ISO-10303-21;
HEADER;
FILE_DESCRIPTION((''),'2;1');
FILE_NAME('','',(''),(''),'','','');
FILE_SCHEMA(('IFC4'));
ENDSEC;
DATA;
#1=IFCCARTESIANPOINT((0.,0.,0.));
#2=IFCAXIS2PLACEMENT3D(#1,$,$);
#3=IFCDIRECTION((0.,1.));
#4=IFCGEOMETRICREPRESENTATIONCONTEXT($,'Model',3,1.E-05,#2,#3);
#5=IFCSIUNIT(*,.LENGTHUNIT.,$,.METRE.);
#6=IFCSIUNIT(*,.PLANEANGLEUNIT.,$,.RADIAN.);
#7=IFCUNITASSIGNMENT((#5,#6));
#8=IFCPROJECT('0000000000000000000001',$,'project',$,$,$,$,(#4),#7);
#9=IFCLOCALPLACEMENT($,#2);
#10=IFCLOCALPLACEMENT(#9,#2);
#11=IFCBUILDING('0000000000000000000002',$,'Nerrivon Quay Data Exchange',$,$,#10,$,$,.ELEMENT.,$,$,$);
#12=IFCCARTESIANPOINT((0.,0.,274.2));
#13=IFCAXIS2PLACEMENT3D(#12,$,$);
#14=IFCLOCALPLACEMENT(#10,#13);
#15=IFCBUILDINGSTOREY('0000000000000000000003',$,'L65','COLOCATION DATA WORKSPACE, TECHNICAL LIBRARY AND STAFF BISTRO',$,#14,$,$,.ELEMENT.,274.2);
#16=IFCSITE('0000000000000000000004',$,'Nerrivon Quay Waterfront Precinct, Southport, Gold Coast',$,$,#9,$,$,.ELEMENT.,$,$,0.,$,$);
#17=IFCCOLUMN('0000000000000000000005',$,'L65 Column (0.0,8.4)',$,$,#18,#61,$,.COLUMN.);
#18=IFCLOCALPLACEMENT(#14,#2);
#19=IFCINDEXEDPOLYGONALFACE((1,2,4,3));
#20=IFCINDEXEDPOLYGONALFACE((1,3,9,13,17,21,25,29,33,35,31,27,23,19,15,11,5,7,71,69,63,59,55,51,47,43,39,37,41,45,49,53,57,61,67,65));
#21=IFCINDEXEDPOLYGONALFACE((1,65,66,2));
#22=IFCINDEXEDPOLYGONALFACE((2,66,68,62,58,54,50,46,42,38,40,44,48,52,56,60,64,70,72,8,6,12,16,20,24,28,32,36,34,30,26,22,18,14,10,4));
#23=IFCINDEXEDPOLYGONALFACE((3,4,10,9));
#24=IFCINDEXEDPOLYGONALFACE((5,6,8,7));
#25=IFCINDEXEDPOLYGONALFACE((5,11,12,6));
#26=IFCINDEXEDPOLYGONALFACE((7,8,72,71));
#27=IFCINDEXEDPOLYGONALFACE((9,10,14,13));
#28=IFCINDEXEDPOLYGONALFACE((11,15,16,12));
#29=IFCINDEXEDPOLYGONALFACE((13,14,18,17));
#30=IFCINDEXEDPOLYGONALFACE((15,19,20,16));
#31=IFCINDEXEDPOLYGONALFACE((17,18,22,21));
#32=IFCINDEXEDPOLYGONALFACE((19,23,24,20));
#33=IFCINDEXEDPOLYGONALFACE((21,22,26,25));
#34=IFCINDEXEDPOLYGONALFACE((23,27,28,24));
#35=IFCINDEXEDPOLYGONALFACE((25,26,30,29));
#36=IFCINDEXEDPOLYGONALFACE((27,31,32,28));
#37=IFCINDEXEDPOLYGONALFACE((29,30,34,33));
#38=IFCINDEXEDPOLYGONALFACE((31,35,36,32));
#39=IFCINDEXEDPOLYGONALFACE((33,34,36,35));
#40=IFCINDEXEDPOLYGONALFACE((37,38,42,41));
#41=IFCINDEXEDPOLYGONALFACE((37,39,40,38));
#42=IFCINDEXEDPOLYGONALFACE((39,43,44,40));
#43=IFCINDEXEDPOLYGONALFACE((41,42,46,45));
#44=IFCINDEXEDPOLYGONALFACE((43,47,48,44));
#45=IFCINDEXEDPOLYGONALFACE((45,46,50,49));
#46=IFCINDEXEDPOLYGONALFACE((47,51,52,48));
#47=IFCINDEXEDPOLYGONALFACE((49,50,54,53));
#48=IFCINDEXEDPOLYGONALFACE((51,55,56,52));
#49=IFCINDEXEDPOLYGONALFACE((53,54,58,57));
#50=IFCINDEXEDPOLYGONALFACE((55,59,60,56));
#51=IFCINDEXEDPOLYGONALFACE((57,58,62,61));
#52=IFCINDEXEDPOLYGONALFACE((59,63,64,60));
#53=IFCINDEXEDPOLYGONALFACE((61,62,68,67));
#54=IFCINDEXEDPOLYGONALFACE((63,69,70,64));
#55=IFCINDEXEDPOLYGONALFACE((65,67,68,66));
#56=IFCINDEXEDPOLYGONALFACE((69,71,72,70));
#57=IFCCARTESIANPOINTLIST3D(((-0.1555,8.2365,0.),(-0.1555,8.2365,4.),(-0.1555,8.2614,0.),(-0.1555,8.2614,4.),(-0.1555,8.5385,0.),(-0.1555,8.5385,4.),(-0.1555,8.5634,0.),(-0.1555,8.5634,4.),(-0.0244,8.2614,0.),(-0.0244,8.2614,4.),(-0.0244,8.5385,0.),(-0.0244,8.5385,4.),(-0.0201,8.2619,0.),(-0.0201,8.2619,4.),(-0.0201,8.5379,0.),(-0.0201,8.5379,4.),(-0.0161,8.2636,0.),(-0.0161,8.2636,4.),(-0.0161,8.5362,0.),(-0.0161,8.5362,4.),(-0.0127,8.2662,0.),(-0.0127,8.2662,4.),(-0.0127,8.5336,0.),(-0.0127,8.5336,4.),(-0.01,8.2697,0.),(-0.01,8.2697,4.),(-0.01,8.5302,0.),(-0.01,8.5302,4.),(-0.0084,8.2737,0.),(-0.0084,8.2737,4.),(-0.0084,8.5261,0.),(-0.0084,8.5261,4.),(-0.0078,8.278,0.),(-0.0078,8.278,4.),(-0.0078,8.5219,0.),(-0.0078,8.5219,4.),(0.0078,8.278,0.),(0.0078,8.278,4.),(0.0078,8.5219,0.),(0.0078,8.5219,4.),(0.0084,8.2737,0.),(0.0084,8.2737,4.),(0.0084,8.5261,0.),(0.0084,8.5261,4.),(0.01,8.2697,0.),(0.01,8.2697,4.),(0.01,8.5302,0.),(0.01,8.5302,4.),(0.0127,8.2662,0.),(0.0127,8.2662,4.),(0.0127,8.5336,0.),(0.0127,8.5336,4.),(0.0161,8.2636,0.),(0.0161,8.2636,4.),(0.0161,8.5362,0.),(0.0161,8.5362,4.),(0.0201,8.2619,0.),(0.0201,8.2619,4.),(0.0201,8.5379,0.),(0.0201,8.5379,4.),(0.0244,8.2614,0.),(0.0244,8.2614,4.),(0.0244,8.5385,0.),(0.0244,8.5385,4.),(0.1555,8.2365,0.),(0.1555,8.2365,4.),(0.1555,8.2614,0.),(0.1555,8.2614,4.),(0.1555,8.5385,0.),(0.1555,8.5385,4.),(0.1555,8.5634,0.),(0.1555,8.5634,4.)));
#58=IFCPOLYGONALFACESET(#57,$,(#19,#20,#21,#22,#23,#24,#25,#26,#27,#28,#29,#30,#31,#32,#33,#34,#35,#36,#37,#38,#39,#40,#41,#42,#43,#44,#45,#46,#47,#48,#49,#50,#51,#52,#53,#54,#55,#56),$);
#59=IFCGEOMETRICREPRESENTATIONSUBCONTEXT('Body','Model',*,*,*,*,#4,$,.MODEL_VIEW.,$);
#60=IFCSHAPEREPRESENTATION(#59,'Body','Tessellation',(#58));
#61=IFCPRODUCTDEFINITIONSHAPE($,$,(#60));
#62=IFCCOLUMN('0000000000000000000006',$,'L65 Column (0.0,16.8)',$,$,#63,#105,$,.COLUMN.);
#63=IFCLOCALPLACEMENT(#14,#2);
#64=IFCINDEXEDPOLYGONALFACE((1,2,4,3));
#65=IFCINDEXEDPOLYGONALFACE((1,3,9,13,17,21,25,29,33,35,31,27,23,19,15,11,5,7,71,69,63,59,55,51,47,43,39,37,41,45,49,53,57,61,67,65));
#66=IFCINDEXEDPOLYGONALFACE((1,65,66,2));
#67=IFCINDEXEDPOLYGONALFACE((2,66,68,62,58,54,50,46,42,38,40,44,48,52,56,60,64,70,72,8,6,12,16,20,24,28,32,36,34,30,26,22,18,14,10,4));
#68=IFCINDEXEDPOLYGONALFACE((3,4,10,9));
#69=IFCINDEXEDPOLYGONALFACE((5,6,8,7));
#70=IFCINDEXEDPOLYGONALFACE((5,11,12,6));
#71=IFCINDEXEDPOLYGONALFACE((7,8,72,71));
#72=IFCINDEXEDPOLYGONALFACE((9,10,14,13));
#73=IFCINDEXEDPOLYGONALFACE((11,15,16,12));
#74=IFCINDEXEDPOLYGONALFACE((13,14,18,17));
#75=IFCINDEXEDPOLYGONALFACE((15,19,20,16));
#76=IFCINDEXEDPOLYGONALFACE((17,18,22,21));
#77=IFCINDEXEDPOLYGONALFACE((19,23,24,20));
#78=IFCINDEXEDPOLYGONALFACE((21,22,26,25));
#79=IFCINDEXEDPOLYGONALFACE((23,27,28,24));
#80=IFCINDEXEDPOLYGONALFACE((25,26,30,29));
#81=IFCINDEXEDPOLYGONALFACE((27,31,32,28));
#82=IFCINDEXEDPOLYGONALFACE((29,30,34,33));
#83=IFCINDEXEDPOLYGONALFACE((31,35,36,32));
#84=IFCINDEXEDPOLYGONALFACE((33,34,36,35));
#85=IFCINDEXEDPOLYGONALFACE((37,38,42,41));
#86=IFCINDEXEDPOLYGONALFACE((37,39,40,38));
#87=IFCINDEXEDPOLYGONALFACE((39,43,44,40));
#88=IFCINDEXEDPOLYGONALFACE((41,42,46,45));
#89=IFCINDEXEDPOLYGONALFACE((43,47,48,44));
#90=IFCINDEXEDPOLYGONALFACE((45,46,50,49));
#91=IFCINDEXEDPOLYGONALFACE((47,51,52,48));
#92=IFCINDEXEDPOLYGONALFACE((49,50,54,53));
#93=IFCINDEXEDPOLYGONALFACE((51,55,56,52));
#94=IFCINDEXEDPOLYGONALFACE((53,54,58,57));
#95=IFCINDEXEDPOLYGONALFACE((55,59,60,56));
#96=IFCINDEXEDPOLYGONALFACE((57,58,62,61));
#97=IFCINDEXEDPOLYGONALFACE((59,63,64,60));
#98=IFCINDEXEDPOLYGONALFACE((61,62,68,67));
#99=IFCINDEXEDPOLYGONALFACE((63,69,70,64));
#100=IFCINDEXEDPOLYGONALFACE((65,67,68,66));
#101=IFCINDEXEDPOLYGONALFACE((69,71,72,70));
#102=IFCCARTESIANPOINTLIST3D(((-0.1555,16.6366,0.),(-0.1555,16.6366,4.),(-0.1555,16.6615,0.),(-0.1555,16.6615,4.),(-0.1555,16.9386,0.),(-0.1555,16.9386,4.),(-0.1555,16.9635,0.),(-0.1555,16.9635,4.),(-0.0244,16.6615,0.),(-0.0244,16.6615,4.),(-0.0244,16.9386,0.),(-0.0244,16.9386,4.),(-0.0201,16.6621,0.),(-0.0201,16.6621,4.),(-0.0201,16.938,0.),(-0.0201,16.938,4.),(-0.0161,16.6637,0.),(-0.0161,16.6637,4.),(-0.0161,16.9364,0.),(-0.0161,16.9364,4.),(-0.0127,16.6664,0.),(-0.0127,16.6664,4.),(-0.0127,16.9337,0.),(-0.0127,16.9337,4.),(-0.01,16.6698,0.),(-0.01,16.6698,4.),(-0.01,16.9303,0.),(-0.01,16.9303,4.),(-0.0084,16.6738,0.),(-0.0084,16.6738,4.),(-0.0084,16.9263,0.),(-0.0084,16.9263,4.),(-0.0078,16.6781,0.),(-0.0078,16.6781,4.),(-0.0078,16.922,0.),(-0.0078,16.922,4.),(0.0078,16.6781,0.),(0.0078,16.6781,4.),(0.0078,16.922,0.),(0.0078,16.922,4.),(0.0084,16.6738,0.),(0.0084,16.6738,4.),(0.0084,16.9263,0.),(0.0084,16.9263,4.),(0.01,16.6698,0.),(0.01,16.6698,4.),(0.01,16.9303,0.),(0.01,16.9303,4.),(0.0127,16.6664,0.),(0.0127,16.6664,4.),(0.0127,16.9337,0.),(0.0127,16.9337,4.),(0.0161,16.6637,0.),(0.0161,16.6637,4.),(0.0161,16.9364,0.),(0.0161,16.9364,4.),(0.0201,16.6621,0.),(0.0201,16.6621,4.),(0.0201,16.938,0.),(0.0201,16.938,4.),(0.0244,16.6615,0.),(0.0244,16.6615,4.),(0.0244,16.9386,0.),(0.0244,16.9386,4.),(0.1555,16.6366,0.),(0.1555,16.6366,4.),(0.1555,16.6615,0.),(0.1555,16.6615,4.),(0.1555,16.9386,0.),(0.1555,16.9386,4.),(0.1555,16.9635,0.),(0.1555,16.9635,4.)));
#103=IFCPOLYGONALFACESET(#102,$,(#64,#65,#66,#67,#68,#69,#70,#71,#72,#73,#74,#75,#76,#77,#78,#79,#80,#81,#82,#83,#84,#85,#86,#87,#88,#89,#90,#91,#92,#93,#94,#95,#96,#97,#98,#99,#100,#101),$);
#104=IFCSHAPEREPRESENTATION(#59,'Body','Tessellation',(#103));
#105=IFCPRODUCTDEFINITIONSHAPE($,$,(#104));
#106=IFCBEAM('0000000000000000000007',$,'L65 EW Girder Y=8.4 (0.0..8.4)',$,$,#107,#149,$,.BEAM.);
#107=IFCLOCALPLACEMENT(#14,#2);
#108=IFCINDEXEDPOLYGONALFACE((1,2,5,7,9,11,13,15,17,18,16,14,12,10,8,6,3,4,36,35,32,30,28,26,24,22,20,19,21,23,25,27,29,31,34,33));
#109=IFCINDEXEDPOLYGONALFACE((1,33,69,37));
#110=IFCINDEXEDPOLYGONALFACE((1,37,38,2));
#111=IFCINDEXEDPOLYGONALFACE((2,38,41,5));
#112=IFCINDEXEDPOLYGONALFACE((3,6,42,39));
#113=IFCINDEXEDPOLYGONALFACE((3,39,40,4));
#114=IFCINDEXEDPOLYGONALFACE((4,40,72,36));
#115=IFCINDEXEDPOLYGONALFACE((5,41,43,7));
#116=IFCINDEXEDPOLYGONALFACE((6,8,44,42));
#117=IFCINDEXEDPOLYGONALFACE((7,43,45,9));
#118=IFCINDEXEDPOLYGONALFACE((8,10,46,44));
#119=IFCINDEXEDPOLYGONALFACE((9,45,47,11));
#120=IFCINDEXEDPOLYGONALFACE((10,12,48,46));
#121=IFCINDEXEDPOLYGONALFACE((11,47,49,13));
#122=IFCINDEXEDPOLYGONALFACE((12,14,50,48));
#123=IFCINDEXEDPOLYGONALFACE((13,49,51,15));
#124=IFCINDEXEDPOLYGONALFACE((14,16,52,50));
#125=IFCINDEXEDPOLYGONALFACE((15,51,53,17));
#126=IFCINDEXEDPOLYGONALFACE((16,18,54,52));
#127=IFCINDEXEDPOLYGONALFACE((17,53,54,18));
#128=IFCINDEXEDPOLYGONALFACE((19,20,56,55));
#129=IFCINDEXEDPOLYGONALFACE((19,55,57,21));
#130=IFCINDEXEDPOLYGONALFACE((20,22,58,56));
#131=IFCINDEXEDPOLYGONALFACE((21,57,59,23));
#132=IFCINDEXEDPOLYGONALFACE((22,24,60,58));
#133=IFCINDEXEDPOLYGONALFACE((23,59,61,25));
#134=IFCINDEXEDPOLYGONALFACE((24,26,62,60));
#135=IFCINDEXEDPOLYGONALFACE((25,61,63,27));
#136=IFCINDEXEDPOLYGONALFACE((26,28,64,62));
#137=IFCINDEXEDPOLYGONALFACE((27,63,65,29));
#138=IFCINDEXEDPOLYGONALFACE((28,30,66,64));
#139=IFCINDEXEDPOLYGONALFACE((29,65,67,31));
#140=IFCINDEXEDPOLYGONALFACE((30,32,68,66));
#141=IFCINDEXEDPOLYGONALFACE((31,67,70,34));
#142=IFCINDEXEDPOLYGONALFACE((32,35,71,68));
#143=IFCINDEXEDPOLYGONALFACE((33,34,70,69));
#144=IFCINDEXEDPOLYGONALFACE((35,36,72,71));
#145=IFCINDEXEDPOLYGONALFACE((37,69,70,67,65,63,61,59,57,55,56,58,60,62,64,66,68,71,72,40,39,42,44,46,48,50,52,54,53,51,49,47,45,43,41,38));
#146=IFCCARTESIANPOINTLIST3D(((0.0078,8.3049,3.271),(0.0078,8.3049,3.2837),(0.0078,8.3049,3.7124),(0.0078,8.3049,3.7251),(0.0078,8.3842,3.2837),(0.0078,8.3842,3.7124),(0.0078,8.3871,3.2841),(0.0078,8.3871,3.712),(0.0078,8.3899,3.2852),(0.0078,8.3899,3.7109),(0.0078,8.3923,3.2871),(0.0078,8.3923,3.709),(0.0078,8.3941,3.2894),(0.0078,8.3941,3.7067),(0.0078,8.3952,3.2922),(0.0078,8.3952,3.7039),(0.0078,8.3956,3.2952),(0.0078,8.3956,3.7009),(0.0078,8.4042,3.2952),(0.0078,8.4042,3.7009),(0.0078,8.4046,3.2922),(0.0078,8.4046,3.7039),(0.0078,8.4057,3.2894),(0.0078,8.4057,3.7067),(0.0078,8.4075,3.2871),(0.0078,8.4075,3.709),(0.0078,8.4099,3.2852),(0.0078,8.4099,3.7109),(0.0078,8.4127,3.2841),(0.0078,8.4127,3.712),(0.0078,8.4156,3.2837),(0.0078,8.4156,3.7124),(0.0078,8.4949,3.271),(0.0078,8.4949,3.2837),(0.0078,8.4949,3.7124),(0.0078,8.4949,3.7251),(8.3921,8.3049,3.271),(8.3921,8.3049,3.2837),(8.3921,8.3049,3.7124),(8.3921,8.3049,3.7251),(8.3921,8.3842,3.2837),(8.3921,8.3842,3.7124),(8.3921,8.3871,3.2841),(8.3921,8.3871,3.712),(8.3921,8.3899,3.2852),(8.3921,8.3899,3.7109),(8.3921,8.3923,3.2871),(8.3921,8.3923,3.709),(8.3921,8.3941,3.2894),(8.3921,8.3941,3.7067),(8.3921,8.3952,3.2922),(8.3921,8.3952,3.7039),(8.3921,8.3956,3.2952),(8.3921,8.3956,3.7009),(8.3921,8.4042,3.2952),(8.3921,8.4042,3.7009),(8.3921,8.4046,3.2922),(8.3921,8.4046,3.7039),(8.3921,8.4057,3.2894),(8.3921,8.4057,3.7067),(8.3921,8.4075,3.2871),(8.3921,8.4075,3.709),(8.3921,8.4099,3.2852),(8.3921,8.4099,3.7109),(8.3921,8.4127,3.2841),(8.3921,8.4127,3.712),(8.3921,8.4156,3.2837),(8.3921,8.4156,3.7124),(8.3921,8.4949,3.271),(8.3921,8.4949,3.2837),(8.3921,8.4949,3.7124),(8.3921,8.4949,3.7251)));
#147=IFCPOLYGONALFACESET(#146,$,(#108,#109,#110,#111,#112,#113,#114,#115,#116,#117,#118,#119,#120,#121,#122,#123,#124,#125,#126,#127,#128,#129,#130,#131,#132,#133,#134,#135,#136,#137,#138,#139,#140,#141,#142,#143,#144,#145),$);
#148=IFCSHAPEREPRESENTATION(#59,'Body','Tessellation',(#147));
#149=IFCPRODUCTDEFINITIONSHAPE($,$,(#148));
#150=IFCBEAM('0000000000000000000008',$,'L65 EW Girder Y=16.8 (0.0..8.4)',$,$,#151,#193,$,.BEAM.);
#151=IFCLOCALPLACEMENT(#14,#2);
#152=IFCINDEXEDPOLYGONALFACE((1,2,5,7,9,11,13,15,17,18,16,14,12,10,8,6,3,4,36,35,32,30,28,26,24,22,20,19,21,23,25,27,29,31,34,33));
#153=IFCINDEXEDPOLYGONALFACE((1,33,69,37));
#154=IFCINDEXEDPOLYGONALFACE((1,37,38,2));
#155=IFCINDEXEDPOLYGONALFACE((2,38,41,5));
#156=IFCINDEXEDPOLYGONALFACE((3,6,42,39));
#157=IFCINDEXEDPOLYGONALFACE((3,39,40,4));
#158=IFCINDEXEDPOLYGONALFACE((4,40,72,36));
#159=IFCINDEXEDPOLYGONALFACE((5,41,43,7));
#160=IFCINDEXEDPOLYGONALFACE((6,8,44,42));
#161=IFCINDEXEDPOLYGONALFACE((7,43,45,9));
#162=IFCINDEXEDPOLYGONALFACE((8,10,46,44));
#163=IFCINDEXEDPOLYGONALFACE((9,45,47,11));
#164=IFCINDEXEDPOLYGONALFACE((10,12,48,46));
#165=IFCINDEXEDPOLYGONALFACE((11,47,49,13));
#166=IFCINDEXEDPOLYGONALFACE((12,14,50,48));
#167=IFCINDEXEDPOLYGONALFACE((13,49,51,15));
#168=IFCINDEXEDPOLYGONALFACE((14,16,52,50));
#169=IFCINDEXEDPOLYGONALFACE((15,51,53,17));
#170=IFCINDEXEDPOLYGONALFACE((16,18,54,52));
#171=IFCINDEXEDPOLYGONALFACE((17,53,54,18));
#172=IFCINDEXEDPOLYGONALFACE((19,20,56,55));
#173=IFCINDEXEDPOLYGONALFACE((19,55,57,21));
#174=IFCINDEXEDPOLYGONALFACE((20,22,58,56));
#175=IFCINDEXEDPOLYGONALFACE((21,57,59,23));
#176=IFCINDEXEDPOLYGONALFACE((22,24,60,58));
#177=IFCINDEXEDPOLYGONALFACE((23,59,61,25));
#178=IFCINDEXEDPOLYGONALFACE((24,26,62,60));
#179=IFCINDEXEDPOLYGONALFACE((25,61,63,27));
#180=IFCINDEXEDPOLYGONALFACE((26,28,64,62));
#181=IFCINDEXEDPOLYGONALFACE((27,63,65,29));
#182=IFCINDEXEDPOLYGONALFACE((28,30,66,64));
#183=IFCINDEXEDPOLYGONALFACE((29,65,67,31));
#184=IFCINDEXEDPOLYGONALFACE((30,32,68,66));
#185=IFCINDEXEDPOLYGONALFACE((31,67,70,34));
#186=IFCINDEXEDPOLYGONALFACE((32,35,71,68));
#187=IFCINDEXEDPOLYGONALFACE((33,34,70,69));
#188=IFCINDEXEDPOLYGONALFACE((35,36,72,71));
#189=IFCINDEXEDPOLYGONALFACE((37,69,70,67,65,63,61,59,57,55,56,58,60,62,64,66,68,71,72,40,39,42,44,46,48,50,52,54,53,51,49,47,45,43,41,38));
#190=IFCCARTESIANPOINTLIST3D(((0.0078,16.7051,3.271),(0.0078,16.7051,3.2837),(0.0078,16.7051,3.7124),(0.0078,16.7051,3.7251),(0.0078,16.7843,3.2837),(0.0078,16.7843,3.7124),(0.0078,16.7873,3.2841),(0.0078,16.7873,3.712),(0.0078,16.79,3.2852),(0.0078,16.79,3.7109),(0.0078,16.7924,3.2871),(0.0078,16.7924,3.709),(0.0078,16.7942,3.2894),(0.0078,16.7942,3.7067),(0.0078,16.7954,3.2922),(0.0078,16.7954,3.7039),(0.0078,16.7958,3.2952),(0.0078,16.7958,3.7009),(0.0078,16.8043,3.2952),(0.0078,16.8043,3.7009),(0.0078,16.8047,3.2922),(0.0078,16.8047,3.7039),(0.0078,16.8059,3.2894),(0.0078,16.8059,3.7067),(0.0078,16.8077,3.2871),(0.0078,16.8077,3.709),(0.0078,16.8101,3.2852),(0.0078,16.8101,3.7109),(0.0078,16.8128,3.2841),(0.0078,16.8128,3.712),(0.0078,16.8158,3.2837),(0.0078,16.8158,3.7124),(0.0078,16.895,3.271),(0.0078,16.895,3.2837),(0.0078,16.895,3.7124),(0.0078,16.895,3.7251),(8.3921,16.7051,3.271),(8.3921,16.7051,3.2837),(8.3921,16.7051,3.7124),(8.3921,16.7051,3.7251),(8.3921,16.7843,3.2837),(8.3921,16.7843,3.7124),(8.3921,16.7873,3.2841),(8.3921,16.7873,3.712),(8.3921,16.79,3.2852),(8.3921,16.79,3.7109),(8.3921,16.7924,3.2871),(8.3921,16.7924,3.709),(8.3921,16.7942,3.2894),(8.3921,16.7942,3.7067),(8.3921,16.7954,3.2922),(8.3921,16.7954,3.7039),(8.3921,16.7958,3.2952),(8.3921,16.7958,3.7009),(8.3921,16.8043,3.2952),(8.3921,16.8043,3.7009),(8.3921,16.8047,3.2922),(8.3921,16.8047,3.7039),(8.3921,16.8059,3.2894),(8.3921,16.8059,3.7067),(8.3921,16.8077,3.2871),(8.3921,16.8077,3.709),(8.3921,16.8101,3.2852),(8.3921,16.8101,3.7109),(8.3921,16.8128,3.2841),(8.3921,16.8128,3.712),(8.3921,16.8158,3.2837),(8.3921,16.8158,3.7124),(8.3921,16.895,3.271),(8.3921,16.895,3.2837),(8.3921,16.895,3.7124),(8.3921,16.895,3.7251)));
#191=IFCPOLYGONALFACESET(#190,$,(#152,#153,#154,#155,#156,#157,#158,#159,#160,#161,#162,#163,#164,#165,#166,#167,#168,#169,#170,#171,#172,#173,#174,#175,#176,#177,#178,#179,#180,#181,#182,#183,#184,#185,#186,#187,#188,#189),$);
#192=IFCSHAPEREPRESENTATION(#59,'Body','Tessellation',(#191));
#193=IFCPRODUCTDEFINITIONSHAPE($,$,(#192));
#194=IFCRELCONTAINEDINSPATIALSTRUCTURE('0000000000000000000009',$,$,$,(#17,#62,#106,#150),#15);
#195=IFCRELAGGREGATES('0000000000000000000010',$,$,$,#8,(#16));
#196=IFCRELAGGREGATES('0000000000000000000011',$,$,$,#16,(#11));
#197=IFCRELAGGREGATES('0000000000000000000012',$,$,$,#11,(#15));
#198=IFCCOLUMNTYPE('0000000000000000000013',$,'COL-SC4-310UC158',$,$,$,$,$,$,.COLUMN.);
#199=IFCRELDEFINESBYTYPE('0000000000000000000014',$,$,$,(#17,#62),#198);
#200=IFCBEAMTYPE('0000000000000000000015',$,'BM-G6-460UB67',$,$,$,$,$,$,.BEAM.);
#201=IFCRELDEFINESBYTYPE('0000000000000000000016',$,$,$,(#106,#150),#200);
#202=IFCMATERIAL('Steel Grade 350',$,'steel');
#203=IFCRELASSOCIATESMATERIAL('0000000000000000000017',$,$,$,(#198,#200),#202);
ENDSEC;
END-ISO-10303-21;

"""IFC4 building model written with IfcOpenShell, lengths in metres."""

from ifc_helpers import new_model, si_unit, direction, frame, origin, origin_2d, place, context, subcontext, project, spatial, i_section, extrude, material, material_profile, profile_set, type_object, element, save


model = new_model("IFC4")

# Units and contexts
model_context = context("Model", 3, precision=1e-05, world=origin(), true_north=direction((0.0, 1.0)))
body_context = subcontext(model_context, "Body", "Model", "MODEL_VIEW")
ifc_project = project(units=[si_unit("LENGTHUNIT", "METRE"), si_unit("PLANEANGLEUNIT", "RADIAN")], contexts=[model_context])

# Site, building, storey
site_placement = place(None, origin())
site = spatial("IfcSite", under=ifc_project, at=site_placement, Name="Nerrivon Quay Waterfront Precinct, Southport, Gold Coast", CompositionType="ELEMENT", RefElevation=0.0)
building_placement = place(site_placement, origin())
building = spatial("IfcBuilding", under=site, at=building_placement, Name="Nerrivon Quay Data Exchange", CompositionType="ELEMENT")
storey_placement = place(building_placement, frame((0.0, 0.0, 274.2)))
storey = spatial("IfcBuildingStorey", under=building, at=storey_placement, Name="L65", Description="COLOCATION DATA WORKSPACE, TECHNICAL LIBRARY AND STAFF BISTRO", CompositionType="ELEMENT", Elevation=274.2)

# Columns
ifc_material_1 = material(Name="Steel Grade 350", Category="steel")
ifc_material_profile_1 = material_profile(ifc_material_1, i_section(OverallWidth=0.311, OverallDepth=0.3269, WebThickness=0.0156, FlangeThickness=0.0249, FilletRadius=0.0166, at=origin_2d()), Name="310UC158")
ifc_profile_set_1 = profile_set([ifc_material_profile_1], Name="Steel Grade 350")
column_type = type_object("IfcColumnType", Name="COL-SC4-310UC158", PredefinedType="COLUMN", material=ifc_profile_set_1)
for number, where, z_axis, x_axis, name in (
    (1, (0.0, 8.3999, 0.0), (0.0, 0.0, 1.0), (1.0, 0.0, 0.0), "L65 Column (0.0,8.4)"),
    (2, (0.0, 16.8, 0.0), (0.0, 0.0, 1.0), (1.0, 0.0, 0.0), "L65 Column (0.0,16.8)"),
):
    element("IfcColumn", number, at=place(storey_placement, frame(where, z_axis=z_axis, x_axis=x_axis)), inside=storey, type_object=column_type, Name=name, PredefinedType="COLUMN", context=body_context, shape_type="SweptSolid", body=[
        extrude(i_section(OverallWidth=0.311, OverallDepth=0.3269, WebThickness=0.0156, FlangeThickness=0.0249, FilletRadius=0.0166, at=origin_2d()), origin(), (0.0, 0.0, 1.0), 4.0),
    ])

# Beams
ifc_material_profile_2 = material_profile(ifc_material_1, i_section(OverallWidth=0.1899, OverallDepth=0.4541, WebThickness=0.0085, FlangeThickness=0.0127, FilletRadius=0.0115, at=origin_2d()), Name="460UB67.1")
ifc_profile_set_2 = profile_set([ifc_material_profile_2], Name="Steel Grade 350")
beam_type_1 = type_object("IfcBeamType", Name="BM-G6-460UB67", PredefinedType="BEAM", material=ifc_profile_set_2)
for number, where, z_axis, x_axis, name in (
    (3, (0.0078, 8.3999, 3.498), (1.0, 0.0, 0.0), (0.0, 1.0, 0.0), "L65 EW Girder Y=8.4 (0.0..8.4)"),
    (4, (0.0078, 16.8, 3.498), (1.0, 0.0, 0.0), (0.0, 1.0, 0.0), "L65 EW Girder Y=16.8 (0.0..8.4)"),
):
    element("IfcBeam", number, at=place(storey_placement, frame(where, z_axis=z_axis, x_axis=x_axis)), inside=storey, type_object=beam_type_1, Name=name, PredefinedType="BEAM", context=body_context, shape_type="SweptSolid", body=[
        extrude(i_section(OverallWidth=0.1899, OverallDepth=0.4541, WebThickness=0.0085, FlangeThickness=0.0127, FilletRadius=0.0115, at=origin_2d()), origin(), (0.0, 0.0, 1.0), 8.3843),
    ])

save(model, "model.ifc")
